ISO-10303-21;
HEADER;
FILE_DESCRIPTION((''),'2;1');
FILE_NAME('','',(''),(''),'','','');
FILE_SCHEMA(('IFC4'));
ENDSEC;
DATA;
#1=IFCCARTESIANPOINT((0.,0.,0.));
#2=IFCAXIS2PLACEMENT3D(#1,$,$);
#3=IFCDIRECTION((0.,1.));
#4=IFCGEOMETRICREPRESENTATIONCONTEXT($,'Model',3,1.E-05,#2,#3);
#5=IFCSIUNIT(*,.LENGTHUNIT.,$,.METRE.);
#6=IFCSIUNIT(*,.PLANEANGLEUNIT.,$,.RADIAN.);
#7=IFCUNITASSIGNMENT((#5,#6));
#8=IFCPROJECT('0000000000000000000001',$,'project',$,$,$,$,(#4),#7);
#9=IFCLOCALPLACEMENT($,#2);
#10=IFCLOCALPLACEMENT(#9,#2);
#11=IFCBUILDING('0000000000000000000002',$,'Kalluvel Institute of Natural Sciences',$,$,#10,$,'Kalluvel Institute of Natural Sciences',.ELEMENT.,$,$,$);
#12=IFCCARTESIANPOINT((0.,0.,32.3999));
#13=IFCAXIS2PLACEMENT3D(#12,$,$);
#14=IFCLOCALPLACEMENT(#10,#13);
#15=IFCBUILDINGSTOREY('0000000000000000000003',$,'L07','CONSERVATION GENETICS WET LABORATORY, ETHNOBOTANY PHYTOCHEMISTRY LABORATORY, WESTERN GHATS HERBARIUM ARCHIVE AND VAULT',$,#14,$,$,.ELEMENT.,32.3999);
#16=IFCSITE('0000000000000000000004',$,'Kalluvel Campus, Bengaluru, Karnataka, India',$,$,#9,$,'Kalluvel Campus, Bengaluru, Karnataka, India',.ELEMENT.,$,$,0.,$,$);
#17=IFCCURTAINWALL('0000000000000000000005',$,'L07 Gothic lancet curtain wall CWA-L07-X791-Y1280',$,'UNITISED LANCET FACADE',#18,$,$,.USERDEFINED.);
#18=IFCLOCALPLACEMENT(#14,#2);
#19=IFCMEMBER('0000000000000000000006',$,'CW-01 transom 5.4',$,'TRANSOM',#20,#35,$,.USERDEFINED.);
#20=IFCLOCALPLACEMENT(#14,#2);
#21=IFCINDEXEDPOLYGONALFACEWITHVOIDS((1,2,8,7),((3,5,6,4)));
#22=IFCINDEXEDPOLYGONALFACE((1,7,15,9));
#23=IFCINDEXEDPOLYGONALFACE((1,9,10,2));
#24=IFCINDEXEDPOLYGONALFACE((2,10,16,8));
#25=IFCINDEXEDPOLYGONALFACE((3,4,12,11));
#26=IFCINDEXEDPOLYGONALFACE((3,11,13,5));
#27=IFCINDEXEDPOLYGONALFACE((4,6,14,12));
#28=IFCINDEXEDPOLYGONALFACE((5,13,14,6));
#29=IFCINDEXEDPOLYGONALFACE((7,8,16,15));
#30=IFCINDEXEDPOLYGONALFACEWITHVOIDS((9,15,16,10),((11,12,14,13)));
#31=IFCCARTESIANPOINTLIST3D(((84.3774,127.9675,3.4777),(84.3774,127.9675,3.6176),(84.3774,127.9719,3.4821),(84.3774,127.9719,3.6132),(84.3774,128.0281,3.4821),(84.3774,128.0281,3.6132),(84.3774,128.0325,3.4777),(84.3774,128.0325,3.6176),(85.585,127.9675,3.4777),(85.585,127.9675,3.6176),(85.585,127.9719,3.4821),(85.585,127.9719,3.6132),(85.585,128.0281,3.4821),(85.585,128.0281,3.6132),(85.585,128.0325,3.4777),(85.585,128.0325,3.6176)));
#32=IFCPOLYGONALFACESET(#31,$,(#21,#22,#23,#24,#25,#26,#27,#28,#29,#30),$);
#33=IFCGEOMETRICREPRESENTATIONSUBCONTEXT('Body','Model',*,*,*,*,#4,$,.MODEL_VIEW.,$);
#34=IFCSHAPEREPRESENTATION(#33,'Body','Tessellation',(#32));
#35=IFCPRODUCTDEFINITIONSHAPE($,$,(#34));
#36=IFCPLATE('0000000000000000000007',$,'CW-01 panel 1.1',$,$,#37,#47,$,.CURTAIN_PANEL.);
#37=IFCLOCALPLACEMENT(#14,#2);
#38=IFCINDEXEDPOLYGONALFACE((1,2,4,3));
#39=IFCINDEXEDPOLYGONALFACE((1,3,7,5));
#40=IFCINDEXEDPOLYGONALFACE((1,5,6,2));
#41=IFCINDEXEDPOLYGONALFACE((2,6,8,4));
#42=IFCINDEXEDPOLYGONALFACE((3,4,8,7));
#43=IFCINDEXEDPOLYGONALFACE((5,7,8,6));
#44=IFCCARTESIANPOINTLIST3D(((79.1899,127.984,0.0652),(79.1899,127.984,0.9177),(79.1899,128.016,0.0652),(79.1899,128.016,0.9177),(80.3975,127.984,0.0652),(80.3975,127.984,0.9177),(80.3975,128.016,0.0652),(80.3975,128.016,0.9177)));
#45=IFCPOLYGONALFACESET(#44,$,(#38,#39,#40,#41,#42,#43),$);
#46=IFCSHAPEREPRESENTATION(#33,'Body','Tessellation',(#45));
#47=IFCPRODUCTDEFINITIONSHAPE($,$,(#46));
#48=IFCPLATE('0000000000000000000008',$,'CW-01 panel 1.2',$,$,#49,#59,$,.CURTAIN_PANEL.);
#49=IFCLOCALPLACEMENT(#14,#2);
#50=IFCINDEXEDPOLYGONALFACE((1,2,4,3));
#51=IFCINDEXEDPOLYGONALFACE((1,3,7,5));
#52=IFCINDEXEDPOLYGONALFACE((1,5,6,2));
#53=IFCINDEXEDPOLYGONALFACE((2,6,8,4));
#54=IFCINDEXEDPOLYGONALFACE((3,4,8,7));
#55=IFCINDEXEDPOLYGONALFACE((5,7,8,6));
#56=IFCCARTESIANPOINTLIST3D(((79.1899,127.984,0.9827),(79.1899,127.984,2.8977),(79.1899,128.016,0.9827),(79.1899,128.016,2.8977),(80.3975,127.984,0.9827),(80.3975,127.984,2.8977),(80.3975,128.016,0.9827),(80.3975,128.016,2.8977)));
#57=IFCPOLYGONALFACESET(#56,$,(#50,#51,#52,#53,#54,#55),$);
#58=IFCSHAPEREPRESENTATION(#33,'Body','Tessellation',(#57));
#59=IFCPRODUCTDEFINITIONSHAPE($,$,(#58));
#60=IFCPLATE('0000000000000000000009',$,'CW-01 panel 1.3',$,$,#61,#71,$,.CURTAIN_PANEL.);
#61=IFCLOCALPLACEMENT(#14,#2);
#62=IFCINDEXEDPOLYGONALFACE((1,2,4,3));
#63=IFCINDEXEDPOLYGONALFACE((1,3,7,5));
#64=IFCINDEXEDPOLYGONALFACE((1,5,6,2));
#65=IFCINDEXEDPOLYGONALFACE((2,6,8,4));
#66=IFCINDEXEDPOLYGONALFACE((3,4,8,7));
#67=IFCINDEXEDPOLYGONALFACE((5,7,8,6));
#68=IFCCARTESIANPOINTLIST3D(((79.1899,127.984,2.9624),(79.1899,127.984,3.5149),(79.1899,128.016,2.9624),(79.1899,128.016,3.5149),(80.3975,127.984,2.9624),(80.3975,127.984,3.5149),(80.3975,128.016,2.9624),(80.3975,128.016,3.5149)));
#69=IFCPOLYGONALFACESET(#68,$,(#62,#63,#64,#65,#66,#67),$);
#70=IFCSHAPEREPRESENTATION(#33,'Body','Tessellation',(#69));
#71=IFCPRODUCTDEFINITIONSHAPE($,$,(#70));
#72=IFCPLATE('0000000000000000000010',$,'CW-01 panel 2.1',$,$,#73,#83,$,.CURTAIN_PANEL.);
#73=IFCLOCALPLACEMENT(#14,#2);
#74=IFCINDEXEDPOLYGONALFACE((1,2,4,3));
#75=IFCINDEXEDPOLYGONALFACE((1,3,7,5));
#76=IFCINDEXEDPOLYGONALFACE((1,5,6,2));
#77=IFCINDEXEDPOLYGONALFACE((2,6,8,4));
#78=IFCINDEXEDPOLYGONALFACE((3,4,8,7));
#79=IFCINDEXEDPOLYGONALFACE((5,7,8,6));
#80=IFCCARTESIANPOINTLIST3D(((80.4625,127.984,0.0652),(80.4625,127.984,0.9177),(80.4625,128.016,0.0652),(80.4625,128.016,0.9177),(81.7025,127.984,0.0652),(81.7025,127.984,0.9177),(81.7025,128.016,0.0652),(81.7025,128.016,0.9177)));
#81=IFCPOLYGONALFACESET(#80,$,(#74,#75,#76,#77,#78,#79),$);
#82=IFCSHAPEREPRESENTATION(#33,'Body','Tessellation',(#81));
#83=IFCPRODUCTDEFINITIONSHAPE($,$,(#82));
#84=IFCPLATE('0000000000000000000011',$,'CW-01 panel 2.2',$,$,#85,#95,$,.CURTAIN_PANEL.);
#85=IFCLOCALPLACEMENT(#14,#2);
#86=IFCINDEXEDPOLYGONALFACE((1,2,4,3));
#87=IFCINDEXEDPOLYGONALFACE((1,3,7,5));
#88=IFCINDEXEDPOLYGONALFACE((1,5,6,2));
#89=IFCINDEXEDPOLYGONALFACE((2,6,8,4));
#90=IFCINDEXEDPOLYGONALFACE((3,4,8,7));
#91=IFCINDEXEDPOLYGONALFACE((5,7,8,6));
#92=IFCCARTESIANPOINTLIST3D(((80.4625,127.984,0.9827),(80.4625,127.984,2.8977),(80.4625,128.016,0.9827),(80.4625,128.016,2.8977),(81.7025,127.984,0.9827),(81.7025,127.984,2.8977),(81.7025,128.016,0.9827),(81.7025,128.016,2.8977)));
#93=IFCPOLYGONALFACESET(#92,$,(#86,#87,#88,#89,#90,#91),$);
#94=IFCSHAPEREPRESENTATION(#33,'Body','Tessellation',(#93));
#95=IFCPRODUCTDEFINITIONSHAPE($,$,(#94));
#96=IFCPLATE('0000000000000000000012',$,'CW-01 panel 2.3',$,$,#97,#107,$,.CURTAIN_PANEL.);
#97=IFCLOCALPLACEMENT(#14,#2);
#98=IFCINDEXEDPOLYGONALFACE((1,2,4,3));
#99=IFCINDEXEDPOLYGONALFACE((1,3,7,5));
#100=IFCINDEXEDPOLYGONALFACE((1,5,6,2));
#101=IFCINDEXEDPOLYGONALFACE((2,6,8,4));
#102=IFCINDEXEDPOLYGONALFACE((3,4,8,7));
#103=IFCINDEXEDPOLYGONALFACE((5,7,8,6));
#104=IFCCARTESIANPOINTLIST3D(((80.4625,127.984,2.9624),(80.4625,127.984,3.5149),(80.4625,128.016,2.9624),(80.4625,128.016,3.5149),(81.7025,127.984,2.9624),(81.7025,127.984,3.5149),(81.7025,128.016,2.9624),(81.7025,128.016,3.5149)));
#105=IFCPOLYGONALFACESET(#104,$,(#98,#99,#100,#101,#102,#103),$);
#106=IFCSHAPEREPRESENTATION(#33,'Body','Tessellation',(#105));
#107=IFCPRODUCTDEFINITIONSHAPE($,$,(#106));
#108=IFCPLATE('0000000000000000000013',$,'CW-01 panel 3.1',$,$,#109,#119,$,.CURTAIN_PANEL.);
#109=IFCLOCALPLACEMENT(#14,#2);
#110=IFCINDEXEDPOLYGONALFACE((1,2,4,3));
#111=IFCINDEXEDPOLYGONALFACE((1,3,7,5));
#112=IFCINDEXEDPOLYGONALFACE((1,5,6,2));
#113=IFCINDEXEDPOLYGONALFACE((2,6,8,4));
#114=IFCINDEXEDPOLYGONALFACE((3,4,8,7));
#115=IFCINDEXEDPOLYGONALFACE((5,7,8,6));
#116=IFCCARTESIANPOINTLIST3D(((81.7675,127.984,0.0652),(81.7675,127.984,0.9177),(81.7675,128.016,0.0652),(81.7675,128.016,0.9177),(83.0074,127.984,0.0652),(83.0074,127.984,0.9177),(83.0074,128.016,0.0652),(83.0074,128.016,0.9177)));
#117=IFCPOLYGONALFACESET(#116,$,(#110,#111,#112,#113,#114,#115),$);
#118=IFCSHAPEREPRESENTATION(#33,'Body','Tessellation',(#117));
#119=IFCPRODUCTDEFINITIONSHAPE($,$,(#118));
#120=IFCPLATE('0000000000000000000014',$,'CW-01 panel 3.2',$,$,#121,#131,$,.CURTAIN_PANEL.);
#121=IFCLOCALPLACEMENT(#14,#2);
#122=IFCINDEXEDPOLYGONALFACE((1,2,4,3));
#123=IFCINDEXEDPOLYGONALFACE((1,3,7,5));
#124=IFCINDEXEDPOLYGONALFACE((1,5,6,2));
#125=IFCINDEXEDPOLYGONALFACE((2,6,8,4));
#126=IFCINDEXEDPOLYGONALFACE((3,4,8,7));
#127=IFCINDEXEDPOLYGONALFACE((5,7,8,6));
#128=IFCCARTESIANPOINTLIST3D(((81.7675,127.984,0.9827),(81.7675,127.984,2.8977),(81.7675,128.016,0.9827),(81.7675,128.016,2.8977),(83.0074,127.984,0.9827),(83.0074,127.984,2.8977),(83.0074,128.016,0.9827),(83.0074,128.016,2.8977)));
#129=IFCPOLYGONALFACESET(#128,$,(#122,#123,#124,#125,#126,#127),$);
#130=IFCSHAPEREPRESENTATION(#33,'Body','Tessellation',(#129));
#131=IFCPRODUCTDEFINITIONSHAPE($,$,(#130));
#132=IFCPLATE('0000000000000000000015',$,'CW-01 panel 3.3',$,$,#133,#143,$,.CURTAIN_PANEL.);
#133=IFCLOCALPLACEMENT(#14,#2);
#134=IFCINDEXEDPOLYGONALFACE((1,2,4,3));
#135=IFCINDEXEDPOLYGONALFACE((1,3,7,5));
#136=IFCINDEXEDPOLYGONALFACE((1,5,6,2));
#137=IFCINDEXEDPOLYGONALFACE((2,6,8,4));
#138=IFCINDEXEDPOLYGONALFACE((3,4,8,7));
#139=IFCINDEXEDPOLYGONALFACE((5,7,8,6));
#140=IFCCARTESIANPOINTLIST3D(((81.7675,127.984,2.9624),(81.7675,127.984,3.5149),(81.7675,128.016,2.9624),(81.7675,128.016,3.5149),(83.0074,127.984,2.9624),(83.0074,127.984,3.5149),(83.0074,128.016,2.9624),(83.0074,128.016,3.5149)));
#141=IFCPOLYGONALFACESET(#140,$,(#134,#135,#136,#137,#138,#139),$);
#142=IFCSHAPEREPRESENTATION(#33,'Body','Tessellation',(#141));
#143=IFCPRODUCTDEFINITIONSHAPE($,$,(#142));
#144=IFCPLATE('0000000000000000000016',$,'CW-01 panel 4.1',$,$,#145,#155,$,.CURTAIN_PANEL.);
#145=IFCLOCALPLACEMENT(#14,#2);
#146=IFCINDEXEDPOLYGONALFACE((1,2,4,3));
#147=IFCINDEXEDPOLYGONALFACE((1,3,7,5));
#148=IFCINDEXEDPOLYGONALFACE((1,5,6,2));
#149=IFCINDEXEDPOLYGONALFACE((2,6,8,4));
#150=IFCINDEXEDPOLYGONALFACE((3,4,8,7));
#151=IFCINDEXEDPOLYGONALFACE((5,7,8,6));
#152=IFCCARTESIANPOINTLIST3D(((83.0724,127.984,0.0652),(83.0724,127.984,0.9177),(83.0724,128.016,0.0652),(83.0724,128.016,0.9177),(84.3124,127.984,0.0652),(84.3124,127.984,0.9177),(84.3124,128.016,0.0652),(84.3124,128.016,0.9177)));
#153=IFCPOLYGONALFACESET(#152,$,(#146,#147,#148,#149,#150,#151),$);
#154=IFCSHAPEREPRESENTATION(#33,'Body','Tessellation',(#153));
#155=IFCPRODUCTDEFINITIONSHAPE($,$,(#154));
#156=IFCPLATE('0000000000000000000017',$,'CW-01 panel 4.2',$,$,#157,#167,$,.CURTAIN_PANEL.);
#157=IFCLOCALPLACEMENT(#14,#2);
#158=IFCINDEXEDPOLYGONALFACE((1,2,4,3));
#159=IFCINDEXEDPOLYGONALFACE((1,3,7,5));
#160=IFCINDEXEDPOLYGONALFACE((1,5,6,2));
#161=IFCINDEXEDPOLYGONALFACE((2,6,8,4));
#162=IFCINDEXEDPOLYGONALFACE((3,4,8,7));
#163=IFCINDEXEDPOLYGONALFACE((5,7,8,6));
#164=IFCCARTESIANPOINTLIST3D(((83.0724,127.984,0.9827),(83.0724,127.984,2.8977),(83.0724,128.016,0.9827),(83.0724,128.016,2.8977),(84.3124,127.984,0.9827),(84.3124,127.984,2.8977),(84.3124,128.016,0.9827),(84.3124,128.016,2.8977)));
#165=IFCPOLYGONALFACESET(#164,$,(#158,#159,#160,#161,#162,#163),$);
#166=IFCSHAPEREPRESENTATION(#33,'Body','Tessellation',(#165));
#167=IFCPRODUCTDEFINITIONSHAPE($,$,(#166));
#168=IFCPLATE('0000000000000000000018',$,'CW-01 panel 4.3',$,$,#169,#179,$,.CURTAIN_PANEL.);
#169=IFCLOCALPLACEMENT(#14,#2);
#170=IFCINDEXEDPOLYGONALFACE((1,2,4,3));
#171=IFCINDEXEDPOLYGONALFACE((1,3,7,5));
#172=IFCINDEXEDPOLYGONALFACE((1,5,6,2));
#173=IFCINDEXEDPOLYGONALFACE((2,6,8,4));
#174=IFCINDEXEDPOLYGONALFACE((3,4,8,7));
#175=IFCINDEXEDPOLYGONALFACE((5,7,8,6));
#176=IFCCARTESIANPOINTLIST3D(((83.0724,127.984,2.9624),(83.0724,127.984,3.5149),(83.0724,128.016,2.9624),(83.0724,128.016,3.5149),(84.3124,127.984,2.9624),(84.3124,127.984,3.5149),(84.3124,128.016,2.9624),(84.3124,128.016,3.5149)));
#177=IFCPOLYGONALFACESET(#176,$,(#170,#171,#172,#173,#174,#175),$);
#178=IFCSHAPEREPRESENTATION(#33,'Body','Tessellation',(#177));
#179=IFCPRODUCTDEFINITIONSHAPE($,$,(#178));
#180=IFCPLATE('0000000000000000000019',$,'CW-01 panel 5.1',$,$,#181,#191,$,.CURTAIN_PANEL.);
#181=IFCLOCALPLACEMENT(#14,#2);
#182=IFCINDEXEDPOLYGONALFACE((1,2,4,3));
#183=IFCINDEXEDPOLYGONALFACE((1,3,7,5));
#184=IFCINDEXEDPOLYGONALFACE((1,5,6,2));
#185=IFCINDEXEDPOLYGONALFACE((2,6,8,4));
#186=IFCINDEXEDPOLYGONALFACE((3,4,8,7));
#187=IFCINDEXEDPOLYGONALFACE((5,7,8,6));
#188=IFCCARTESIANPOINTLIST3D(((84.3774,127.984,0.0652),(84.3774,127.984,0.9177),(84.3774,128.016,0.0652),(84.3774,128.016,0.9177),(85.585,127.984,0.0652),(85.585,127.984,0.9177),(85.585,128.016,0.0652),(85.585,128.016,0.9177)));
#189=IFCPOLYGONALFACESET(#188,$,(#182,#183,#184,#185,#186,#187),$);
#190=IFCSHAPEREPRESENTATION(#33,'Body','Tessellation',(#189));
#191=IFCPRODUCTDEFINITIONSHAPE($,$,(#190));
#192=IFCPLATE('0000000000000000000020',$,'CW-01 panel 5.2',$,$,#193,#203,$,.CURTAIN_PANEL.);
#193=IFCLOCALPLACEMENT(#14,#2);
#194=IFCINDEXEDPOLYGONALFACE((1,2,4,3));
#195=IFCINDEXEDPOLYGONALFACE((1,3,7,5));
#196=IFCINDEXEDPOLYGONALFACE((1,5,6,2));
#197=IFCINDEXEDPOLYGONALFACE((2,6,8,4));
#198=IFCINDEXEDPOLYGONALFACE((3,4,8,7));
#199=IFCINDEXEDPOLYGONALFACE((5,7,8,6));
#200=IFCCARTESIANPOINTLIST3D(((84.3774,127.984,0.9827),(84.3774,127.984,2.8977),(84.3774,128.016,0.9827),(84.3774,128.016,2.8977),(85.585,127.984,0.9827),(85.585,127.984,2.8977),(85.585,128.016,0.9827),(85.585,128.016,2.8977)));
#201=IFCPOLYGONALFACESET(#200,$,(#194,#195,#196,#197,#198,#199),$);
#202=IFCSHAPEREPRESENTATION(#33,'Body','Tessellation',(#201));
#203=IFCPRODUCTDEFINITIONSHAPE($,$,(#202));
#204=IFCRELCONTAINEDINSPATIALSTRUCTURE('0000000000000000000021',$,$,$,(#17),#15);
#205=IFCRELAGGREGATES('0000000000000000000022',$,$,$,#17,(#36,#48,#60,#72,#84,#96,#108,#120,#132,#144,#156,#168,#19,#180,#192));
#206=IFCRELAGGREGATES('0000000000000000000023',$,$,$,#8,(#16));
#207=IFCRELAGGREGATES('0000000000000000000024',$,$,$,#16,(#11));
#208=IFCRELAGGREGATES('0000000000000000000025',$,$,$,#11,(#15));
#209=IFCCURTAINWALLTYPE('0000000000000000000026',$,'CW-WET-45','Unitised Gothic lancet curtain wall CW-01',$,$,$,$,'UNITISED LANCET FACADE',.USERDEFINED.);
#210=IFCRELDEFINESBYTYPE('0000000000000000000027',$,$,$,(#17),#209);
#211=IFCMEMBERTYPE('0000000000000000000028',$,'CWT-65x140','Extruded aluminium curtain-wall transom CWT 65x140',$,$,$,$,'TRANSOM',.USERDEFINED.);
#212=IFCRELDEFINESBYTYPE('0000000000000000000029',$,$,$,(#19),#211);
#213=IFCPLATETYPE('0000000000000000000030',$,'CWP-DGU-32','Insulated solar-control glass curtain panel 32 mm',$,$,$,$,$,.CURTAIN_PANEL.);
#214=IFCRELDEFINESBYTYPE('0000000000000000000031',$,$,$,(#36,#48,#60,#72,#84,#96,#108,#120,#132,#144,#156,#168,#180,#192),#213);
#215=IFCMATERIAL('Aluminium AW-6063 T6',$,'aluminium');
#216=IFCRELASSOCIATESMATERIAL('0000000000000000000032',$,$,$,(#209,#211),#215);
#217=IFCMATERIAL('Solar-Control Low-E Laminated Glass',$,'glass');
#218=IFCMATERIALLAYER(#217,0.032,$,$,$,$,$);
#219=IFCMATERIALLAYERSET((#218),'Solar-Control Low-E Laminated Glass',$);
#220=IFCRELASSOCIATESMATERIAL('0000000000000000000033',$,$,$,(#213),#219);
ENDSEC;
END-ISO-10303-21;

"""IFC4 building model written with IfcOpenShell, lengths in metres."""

from ifc_helpers import new_model, si_unit, direction, frame, origin, origin_2d, place, context, subcontext, project, spatial, rectangle, hollow_rectangle, extrude, material, layer, layer_set, material_profile, profile_set, type_object, element, aggregate, save


model = new_model("IFC4")

# Units and contexts
model_context = context("Model", 3, precision=1e-05, world=origin(), true_north=direction((0.0, 1.0)))
body_context = subcontext(model_context, "Body", "Model", "MODEL_VIEW")
ifc_project = project(units=[si_unit("LENGTHUNIT", "METRE"), si_unit("PLANEANGLEUNIT", "RADIAN")], contexts=[model_context])

# Site, building, storey
site_placement = place(None, origin())
site = spatial("IfcSite", under=ifc_project, at=site_placement, Name="Kalluvel Campus, Bengaluru, Karnataka, India", LongName="Kalluvel Campus, Bengaluru, Karnataka, India", CompositionType="ELEMENT", RefElevation=0.0)
building_placement = place(site_placement, origin())
building = spatial("IfcBuilding", under=site, at=building_placement, Name="Kalluvel Institute of Natural Sciences", LongName="Kalluvel Institute of Natural Sciences", CompositionType="ELEMENT")
storey_placement = place(building_placement, frame((0.0, 0.0, 32.3999)))
storey = spatial("IfcBuildingStorey", under=building, at=storey_placement, Name="L07", Description="CONSERVATION GENETICS WET LABORATORY, ETHNOBOTANY PHYTOCHEMISTRY LABORATORY, WESTERN GHATS HERBARIUM ARCHIVE AND VAULT", CompositionType="ELEMENT", Elevation=32.3999)

# Curtain wall, member, plates
ifc_material_1 = material(Name="Aluminium AW-6063 T6", Category="aluminium")
curtain_wall_type = type_object("IfcCurtainWallType", Name="CW-WET-45", Description="Unitised Gothic lancet curtain wall CW-01", ElementType="UNITISED LANCET FACADE", PredefinedType="USERDEFINED", material=ifc_material_1)
curtain_wall_placement = place(storey_placement, origin())
curtain_wall = element("IfcCurtainWall", 1, at=curtain_wall_placement, inside=storey, type_object=curtain_wall_type, Name="L07 Gothic lancet curtain wall CWA-L07-X791-Y1280", ObjectType="UNITISED LANCET FACADE", PredefinedType="USERDEFINED")
ifc_material_profile_1 = material_profile(ifc_material_1, hollow_rectangle(XDim=0.0649, YDim=0.1399, WallThickness=0.0044, at=origin_2d()), Name="CWT 65x140")
ifc_profile_set_1 = profile_set([ifc_material_profile_1], Name="Aluminium AW-6063 T6")
member_type_1 = type_object("IfcMemberType", Name="CWT-65x140", Description="Extruded aluminium curtain-wall transom CWT 65x140", ElementType="TRANSOM", PredefinedType="USERDEFINED", material=ifc_profile_set_1)
member_1_placement = place(storey_placement, frame((84.3774, 128.0, 3.5476), z_axis=(1.0, 0.0, 0.0), x_axis=(0.0, 1.0, 0.0)))
member_1 = element("IfcMember", 2, at=member_1_placement, type_object=member_type_1, Name="CW-01 transom 5.4", ObjectType="TRANSOM", PredefinedType="USERDEFINED", context=body_context, shape_type="SweptSolid", body=[
    extrude(hollow_rectangle(XDim=0.0649, YDim=0.1399, WallThickness=0.0044, at=origin_2d()), origin(), (0.0, 0.0, 1.0), 1.2075),
])
ifc_material_2 = material(Name="Solar-Control Low-E Laminated Glass", Category="glass")
ifc_layer = layer(ifc_material_2, 0.032)
ifc_layer_set = layer_set([ifc_layer], Name="Solar-Control Low-E Laminated Glass")
plate_type = type_object("IfcPlateType", Name="CWP-DGU-32", Description="Insulated solar-control glass curtain panel 32 mm", PredefinedType="CURTAIN_PANEL", material=ifc_layer_set)
plate_1_placement = place(storey_placement, frame((79.7937, 128.0, 0.0652), z_axis=(0.0, 0.0, 1.0), x_axis=(1.0, 0.0, 0.0)))
plate_1 = element("IfcPlate", 3, at=plate_1_placement, type_object=plate_type, Name="CW-01 panel 1.1", PredefinedType="CURTAIN_PANEL", context=body_context, shape_type="SweptSolid", body=[
    extrude(rectangle(XDim=1.2075, YDim=0.032, at=origin_2d()), origin(), (0.0, 0.0, 1.0), 0.8525),
])
plate_2_placement = place(storey_placement, frame((79.7937, 128.0, 0.9827), z_axis=(0.0, 0.0, 1.0), x_axis=(1.0, 0.0, 0.0)))
plate_2 = element("IfcPlate", 4, at=plate_2_placement, type_object=plate_type, Name="CW-01 panel 1.2", PredefinedType="CURTAIN_PANEL", context=body_context, shape_type="SweptSolid", body=[
    extrude(rectangle(XDim=1.2075, YDim=0.032, at=origin_2d()), origin(), (0.0, 0.0, 1.0), 1.915),
])
plate_3_placement = place(storey_placement, frame((79.7937, 128.0, 2.9624), z_axis=(0.0, 0.0, 1.0), x_axis=(1.0, 0.0, 0.0)))
plate_3 = element("IfcPlate", 5, at=plate_3_placement, type_object=plate_type, Name="CW-01 panel 1.3", PredefinedType="CURTAIN_PANEL", context=body_context, shape_type="SweptSolid", body=[
    extrude(rectangle(XDim=1.2075, YDim=0.032, at=origin_2d()), origin(), (0.0, 0.0, 1.0), 0.5525),
])
plate_4_placement = place(storey_placement, frame((81.0825, 128.0, 0.0652), z_axis=(0.0, 0.0, 1.0), x_axis=(1.0, 0.0, 0.0)))
plate_4 = element("IfcPlate", 6, at=plate_4_placement, type_object=plate_type, Name="CW-01 panel 2.1", PredefinedType="CURTAIN_PANEL", context=body_context, shape_type="SweptSolid", body=[
    extrude(rectangle(XDim=1.24, YDim=0.032, at=origin_2d()), origin(), (0.0, 0.0, 1.0), 0.8525),
])
plate_5_placement = place(storey_placement, frame((81.0825, 128.0, 0.9827), z_axis=(0.0, 0.0, 1.0), x_axis=(1.0, 0.0, 0.0)))
plate_5 = element("IfcPlate", 7, at=plate_5_placement, type_object=plate_type, Name="CW-01 panel 2.2", PredefinedType="CURTAIN_PANEL", context=body_context, shape_type="SweptSolid", body=[
    extrude(rectangle(XDim=1.24, YDim=0.032, at=origin_2d()), origin(), (0.0, 0.0, 1.0), 1.915),
])
plate_6_placement = place(storey_placement, frame((81.0825, 128.0, 2.9624), z_axis=(0.0, 0.0, 1.0), x_axis=(1.0, 0.0, 0.0)))
plate_6 = element("IfcPlate", 8, at=plate_6_placement, type_object=plate_type, Name="CW-01 panel 2.3", PredefinedType="CURTAIN_PANEL", context=body_context, shape_type="SweptSolid", body=[
    extrude(rectangle(XDim=1.24, YDim=0.032, at=origin_2d()), origin(), (0.0, 0.0, 1.0), 0.5525),
])
plate_7_placement = place(storey_placement, frame((82.3875, 128.0, 0.0652), z_axis=(0.0, 0.0, 1.0), x_axis=(1.0, 0.0, 0.0)))
plate_7 = element("IfcPlate", 9, at=plate_7_placement, type_object=plate_type, Name="CW-01 panel 3.1", PredefinedType="CURTAIN_PANEL", context=body_context, shape_type="SweptSolid", body=[
    extrude(rectangle(XDim=1.24, YDim=0.032, at=origin_2d()), origin(), (0.0, 0.0, 1.0), 0.8525),
])
plate_8_placement = place(storey_placement, frame((82.3875, 128.0, 0.9827), z_axis=(0.0, 0.0, 1.0), x_axis=(1.0, 0.0, 0.0)))
plate_8 = element("IfcPlate", 10, at=plate_8_placement, type_object=plate_type, Name="CW-01 panel 3.2", PredefinedType="CURTAIN_PANEL", context=body_context, shape_type="SweptSolid", body=[
    extrude(rectangle(XDim=1.24, YDim=0.032, at=origin_2d()), origin(), (0.0, 0.0, 1.0), 1.915),
])
plate_9_placement = place(storey_placement, frame((82.3875, 128.0, 2.9624), z_axis=(0.0, 0.0, 1.0), x_axis=(1.0, 0.0, 0.0)))
plate_9 = element("IfcPlate", 11, at=plate_9_placement, type_object=plate_type, Name="CW-01 panel 3.3", PredefinedType="CURTAIN_PANEL", context=body_context, shape_type="SweptSolid", body=[
    extrude(rectangle(XDim=1.24, YDim=0.032, at=origin_2d()), origin(), (0.0, 0.0, 1.0), 0.5525),
])
plate_10_placement = place(storey_placement, frame((83.6924, 128.0, 0.0652), z_axis=(0.0, 0.0, 1.0), x_axis=(1.0, 0.0, 0.0)))
plate_10 = element("IfcPlate", 12, at=plate_10_placement, type_object=plate_type, Name="CW-01 panel 4.1", PredefinedType="CURTAIN_PANEL", context=body_context, shape_type="SweptSolid", body=[
    extrude(rectangle(XDim=1.24, YDim=0.032, at=origin_2d()), origin(), (0.0, 0.0, 1.0), 0.8525),
])
plate_11_placement = place(storey_placement, frame((83.6924, 128.0, 0.9827), z_axis=(0.0, 0.0, 1.0), x_axis=(1.0, 0.0, 0.0)))
plate_11 = element("IfcPlate", 13, at=plate_11_placement, type_object=plate_type, Name="CW-01 panel 4.2", PredefinedType="CURTAIN_PANEL", context=body_context, shape_type="SweptSolid", body=[
    extrude(rectangle(XDim=1.24, YDim=0.032, at=origin_2d()), origin(), (0.0, 0.0, 1.0), 1.915),
])
plate_12_placement = place(storey_placement, frame((83.6924, 128.0, 2.9624), z_axis=(0.0, 0.0, 1.0), x_axis=(1.0, 0.0, 0.0)))
plate_12 = element("IfcPlate", 14, at=plate_12_placement, type_object=plate_type, Name="CW-01 panel 4.3", PredefinedType="CURTAIN_PANEL", context=body_context, shape_type="SweptSolid", body=[
    extrude(rectangle(XDim=1.24, YDim=0.032, at=origin_2d()), origin(), (0.0, 0.0, 1.0), 0.5525),
])
plate_13_placement = place(storey_placement, frame((84.9812, 128.0, 0.0652), z_axis=(0.0, 0.0, 1.0), x_axis=(1.0, 0.0, 0.0)))
plate_13 = element("IfcPlate", 15, at=plate_13_placement, type_object=plate_type, Name="CW-01 panel 5.1", PredefinedType="CURTAIN_PANEL", context=body_context, shape_type="SweptSolid", body=[
    extrude(rectangle(XDim=1.2075, YDim=0.032, at=origin_2d()), origin(), (0.0, 0.0, 1.0), 0.8525),
])
plate_14_placement = place(storey_placement, frame((84.9812, 128.0, 0.9827), z_axis=(0.0, 0.0, 1.0), x_axis=(1.0, 0.0, 0.0)))
plate_14 = element("IfcPlate", 16, at=plate_14_placement, type_object=plate_type, Name="CW-01 panel 5.2", PredefinedType="CURTAIN_PANEL", context=body_context, shape_type="SweptSolid", body=[
    extrude(rectangle(XDim=1.2075, YDim=0.032, at=origin_2d()), origin(), (0.0, 0.0, 1.0), 1.915),
])
aggregate(curtain_wall, [plate_1, plate_2, plate_3, plate_4, plate_5, plate_6, plate_7, plate_8, plate_9, plate_10, plate_11, plate_12, member_1, plate_13, plate_14])

save(model, "model.ifc")
